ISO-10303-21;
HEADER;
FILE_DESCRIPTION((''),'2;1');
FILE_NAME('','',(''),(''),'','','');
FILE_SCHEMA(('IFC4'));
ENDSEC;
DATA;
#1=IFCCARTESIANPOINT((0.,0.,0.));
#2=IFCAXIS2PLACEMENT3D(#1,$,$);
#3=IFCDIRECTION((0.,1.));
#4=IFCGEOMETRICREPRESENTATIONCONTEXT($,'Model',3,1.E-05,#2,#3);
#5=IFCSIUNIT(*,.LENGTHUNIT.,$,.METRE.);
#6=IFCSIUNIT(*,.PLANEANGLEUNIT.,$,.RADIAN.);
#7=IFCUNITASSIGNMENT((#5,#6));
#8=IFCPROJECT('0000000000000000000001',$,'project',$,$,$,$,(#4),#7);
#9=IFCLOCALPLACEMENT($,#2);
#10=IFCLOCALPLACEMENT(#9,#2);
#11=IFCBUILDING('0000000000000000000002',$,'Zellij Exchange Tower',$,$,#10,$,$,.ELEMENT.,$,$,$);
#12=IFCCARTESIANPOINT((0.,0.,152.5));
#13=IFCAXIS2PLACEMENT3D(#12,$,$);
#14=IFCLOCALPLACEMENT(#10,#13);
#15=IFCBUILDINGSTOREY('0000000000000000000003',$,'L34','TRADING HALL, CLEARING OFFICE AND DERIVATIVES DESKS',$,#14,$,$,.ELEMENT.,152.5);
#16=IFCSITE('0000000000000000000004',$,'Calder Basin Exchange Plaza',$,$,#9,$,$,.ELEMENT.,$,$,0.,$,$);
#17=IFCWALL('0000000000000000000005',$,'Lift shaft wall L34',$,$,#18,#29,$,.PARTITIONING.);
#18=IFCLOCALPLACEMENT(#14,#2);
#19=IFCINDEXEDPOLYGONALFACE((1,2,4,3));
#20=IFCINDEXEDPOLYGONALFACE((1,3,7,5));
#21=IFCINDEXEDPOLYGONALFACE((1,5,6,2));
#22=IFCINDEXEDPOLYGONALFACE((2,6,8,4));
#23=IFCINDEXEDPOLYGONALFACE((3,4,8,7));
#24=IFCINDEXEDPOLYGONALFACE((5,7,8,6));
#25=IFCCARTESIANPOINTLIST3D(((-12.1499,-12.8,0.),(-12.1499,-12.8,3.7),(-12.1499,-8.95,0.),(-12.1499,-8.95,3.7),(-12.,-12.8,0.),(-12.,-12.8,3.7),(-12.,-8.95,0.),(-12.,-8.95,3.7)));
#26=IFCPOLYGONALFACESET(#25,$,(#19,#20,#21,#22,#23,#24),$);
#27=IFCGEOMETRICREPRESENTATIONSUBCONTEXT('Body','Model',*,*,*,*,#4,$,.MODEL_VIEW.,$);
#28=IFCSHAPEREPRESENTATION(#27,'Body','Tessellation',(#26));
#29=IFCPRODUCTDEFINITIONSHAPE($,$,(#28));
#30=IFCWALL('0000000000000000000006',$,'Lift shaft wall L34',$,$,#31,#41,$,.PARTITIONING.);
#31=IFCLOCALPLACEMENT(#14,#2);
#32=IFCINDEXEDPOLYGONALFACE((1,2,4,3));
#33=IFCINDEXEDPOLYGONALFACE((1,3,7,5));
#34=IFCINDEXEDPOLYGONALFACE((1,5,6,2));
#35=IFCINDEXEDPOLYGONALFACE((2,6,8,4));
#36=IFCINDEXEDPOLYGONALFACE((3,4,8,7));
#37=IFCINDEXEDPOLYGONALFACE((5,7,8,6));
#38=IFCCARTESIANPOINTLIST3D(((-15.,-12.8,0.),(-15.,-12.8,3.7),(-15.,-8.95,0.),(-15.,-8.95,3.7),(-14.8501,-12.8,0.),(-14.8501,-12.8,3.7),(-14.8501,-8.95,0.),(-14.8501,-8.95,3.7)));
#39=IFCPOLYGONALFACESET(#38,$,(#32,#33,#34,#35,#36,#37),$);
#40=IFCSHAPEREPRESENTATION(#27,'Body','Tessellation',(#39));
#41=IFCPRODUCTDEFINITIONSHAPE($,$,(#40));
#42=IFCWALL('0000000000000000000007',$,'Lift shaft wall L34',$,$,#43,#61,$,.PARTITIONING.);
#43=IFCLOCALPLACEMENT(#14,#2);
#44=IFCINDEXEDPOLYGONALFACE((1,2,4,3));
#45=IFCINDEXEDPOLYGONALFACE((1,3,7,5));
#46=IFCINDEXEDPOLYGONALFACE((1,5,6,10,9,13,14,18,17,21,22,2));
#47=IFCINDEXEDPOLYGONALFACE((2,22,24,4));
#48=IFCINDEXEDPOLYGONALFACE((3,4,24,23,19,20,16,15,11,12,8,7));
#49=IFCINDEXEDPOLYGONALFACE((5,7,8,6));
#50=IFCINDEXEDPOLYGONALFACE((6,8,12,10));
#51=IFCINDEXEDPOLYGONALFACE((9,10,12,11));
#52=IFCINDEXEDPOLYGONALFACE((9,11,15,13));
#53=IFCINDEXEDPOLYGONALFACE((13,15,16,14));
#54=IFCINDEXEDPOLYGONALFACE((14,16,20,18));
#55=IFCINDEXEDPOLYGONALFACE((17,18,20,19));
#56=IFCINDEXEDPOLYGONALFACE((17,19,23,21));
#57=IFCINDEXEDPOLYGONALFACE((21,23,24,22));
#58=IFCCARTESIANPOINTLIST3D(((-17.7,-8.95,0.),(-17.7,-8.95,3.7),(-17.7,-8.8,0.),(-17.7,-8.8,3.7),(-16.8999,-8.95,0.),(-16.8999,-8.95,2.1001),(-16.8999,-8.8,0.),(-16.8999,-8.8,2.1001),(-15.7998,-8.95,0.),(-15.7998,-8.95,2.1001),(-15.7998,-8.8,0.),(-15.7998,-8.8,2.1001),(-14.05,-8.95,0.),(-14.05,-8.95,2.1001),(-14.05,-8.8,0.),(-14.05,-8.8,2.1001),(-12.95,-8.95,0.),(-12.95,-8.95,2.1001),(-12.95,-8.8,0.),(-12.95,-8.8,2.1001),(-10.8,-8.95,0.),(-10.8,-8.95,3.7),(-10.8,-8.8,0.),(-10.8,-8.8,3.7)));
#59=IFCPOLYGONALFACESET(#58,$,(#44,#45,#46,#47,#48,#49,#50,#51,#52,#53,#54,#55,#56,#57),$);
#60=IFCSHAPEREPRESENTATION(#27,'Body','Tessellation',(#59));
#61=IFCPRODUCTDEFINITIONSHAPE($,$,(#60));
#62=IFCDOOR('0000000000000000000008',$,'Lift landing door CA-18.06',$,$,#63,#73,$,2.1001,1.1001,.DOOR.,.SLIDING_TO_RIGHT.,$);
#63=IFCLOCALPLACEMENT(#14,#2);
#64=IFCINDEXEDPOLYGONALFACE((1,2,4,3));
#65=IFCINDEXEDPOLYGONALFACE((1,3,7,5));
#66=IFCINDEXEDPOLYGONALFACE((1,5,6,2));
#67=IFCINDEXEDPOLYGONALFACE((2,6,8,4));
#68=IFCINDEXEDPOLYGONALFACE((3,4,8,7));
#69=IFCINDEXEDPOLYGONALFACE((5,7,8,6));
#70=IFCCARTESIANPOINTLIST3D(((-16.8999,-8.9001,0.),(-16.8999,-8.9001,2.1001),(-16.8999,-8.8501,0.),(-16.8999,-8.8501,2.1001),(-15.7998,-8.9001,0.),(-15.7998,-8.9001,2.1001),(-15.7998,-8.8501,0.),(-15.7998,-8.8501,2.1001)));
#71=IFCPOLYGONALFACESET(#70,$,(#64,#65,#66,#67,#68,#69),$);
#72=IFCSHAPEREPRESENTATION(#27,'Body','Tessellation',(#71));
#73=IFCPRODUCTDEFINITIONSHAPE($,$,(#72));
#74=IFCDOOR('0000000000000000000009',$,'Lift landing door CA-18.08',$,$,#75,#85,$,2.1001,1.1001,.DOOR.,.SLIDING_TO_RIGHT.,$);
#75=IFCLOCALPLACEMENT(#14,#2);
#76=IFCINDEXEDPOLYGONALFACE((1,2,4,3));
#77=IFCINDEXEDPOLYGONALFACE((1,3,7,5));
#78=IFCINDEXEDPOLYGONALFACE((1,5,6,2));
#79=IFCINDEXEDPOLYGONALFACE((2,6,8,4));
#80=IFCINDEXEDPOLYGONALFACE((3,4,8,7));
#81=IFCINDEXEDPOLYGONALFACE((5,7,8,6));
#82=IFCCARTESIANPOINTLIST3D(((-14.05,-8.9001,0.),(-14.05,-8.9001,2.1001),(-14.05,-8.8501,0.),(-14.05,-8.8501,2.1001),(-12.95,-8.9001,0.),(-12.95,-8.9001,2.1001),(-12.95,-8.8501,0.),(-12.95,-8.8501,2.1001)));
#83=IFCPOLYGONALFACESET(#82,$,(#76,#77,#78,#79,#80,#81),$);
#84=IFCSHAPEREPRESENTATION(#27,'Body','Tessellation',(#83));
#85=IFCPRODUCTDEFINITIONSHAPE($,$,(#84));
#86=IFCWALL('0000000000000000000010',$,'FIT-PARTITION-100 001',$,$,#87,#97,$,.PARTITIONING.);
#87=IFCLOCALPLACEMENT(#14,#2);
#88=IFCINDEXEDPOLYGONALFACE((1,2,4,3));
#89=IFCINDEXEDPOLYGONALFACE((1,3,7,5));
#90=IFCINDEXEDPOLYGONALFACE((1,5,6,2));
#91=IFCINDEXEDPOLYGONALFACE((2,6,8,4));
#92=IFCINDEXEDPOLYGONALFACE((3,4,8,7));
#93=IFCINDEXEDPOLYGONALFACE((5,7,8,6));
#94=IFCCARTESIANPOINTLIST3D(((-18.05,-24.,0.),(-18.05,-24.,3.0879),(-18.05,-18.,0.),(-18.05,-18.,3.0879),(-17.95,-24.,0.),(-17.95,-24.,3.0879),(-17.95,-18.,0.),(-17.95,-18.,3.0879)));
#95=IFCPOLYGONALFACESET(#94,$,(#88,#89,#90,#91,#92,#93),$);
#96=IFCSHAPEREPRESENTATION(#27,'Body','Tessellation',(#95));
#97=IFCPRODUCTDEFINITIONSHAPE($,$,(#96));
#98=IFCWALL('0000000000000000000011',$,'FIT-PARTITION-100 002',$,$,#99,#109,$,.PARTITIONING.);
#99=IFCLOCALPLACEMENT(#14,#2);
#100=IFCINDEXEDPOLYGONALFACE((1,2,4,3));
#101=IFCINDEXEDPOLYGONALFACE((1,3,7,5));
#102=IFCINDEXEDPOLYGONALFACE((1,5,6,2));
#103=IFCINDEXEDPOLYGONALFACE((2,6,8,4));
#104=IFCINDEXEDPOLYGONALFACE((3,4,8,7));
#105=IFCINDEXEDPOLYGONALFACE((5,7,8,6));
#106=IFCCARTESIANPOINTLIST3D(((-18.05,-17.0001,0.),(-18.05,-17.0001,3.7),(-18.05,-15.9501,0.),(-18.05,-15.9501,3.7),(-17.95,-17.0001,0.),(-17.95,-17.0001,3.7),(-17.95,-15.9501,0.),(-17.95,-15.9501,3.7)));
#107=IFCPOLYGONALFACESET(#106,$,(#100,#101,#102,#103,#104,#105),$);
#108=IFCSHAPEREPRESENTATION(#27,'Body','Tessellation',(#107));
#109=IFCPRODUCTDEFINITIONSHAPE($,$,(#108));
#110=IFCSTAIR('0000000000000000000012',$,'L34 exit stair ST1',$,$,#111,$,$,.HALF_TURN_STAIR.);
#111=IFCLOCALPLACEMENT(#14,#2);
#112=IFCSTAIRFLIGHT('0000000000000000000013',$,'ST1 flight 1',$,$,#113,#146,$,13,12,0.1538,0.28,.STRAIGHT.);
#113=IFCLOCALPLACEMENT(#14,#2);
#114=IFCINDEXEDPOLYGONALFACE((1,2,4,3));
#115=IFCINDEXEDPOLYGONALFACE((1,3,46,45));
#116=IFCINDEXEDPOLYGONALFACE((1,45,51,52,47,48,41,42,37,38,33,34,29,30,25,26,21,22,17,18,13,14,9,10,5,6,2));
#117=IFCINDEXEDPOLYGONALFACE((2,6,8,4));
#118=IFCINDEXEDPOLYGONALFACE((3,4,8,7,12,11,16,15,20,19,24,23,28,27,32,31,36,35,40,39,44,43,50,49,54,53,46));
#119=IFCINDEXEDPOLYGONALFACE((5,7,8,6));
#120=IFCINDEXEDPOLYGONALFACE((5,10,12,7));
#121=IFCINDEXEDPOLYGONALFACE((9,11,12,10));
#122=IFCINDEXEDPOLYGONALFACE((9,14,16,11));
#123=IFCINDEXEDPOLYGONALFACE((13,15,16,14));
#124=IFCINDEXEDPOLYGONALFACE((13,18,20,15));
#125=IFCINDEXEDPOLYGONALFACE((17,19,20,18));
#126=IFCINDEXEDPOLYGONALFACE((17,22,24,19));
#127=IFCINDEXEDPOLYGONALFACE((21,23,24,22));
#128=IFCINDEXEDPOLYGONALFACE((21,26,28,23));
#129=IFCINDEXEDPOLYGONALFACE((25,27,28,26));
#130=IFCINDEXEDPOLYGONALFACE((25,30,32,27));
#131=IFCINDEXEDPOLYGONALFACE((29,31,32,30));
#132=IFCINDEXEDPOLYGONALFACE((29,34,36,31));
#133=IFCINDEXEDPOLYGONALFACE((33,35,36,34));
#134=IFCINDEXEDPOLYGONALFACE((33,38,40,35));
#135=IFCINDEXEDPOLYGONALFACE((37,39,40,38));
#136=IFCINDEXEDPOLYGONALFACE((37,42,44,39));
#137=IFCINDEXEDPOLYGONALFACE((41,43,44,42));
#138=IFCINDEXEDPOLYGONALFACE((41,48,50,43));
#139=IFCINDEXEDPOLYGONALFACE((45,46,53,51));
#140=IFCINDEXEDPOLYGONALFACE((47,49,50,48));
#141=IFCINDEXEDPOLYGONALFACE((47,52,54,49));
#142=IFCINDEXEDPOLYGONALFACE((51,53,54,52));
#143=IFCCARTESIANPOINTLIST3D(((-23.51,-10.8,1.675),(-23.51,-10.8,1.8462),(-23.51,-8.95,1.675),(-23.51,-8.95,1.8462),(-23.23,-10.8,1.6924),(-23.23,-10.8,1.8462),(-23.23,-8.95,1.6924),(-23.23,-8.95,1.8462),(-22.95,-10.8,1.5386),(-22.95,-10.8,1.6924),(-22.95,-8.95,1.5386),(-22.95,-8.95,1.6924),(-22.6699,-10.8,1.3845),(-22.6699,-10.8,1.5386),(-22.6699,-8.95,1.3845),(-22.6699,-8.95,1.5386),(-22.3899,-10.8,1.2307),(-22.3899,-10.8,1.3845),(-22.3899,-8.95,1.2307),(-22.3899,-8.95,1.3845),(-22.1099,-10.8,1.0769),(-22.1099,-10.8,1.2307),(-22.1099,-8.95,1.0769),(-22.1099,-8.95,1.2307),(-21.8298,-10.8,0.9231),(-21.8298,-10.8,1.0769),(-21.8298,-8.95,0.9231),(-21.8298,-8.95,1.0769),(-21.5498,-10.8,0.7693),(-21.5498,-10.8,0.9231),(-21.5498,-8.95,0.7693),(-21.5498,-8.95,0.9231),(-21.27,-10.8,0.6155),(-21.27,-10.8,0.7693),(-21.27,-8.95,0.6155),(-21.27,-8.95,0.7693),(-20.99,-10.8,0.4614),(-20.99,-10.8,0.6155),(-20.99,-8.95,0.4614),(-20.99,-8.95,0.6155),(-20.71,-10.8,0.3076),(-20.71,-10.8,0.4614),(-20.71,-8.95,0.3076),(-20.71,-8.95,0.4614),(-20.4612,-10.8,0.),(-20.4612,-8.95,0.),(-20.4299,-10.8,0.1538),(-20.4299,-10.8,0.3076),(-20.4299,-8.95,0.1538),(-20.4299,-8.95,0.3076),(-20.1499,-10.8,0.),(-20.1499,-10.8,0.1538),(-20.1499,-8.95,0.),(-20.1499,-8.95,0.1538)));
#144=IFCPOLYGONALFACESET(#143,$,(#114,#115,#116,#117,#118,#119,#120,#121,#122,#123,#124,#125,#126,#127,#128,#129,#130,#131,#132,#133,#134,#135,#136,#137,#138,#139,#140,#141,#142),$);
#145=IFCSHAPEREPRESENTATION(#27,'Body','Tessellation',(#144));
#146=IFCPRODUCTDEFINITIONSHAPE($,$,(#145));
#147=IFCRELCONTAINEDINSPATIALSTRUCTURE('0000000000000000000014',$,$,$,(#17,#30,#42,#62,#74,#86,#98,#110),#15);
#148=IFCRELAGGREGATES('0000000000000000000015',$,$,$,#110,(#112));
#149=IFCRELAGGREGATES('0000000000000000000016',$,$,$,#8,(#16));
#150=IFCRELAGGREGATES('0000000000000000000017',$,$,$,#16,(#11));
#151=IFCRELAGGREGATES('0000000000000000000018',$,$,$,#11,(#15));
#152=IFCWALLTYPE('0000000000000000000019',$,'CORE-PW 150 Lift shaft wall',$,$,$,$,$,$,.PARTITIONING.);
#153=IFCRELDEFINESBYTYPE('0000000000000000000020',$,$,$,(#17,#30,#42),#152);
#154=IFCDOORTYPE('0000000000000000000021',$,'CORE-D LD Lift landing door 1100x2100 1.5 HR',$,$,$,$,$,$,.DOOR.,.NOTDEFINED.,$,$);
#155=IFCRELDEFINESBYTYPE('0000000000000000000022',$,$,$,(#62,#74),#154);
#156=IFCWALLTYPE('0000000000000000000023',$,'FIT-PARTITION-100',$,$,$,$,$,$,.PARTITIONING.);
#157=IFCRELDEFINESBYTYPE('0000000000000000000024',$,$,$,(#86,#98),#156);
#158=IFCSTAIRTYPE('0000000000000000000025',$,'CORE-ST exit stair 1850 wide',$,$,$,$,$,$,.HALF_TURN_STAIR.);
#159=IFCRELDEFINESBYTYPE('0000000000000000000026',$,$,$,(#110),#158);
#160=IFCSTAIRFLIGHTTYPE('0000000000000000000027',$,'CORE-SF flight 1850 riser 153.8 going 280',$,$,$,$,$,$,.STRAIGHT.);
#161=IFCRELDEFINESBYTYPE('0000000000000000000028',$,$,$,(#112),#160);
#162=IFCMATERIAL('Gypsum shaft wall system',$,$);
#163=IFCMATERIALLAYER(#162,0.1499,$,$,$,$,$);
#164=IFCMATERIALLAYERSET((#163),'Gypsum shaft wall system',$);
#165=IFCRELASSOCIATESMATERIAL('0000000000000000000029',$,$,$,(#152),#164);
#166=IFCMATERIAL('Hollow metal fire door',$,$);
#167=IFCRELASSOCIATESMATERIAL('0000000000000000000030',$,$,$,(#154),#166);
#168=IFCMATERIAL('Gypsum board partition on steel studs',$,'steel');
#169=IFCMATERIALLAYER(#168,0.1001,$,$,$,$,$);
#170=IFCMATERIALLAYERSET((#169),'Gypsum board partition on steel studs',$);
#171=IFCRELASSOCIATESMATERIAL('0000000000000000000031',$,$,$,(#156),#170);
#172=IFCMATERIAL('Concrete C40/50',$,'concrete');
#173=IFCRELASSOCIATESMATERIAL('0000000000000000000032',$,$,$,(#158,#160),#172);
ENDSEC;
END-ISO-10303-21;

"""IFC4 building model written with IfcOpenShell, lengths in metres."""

from ifc_helpers import new_model, si_unit, direction, frame, frame_2d, origin, place, context, subcontext, project, spatial, polyline, rectangle, outline, extrude, material, layer, layer_set, type_object, element, fill, aggregate, save


model = new_model("IFC4")

# Units and contexts
model_context = context("Model", 3, precision=1e-05, world=origin(), true_north=direction((0.0, 1.0)))
body_context = subcontext(model_context, "Body", "Model", "MODEL_VIEW")
ifc_project = project(units=[si_unit("LENGTHUNIT", "METRE"), si_unit("PLANEANGLEUNIT", "RADIAN")], contexts=[model_context])

# Site, building, storey
site_placement = place(None, origin())
site = spatial("IfcSite", under=ifc_project, at=site_placement, Name="Calder Basin Exchange Plaza", CompositionType="ELEMENT", RefElevation=0.0)
building_placement = place(site_placement, origin())
building = spatial("IfcBuilding", under=site, at=building_placement, Name="Zellij Exchange Tower", CompositionType="ELEMENT")
storey_placement = place(building_placement, frame((0.0, 0.0, 152.5)))
storey = spatial("IfcBuildingStorey", under=building, at=storey_placement, Name="L34", Description="TRADING HALL, CLEARING OFFICE AND DERIVATIVES DESKS", CompositionType="ELEMENT", Elevation=152.5)

# Shared definitions
ifc_material_1 = material(Name="Hollow metal fire door")

# Walls
ifc_material_2 = material(Name="Gypsum shaft wall system")
ifc_layer_1 = layer(ifc_material_2, 0.1499)
ifc_layer_set_1 = layer_set([ifc_layer_1], Name="Gypsum shaft wall system")
wall_type_1 = type_object("IfcWallType", Name="CORE-PW 150 Lift shaft wall", PredefinedType="PARTITIONING", material=ifc_layer_set_1)
for number, where, z_axis, x_axis, name in (
    (1, (-12.075, -12.8, 0.0), (0.0, 0.0, 1.0), (0.0, 1.0, 0.0), "Lift shaft wall L34"),
    (2, (-14.925, -12.8, 0.0), (0.0, 0.0, 1.0), (0.0, 1.0, 0.0), "Lift shaft wall L34"),
):
    element("IfcWall", number, at=place(storey_placement, frame(where, z_axis=z_axis, x_axis=x_axis)), inside=storey, type_object=wall_type_1, Name=name, PredefinedType="PARTITIONING", context=body_context, shape_type="SweptSolid", body=[
        extrude(rectangle(XDim=3.8501, YDim=0.1499, at=frame_2d((1.925, 0.0))), origin(), (0.0, 0.0, 1.0), 3.7),
    ])

# Wall, openings, doors
wall_1_placement = place(storey_placement, frame((-17.7, -8.875, 0.0), z_axis=(0.0, 0.0, 1.0), x_axis=(1.0, 0.0, 0.0)))
wall_1 = element("IfcWall", 3, at=wall_1_placement, inside=storey, type_object=wall_type_1, Name="Lift shaft wall L34", PredefinedType="PARTITIONING", context=body_context, shape_type="SweptSolid", body=[
    extrude(rectangle(XDim=6.8999, YDim=0.1499, at=frame_2d((3.45, 0.0))), origin(), (0.0, 0.0, 1.0), 3.7),
])
opening_1_placement = place(wall_1_placement, frame((0.8, 0.0, 0.0)))
opening_1 = element("IfcOpeningElement", 4, at=opening_1_placement, cuts=wall_1, PredefinedType="OPENING", context=body_context, shape_type="SweptSolid", body=[
    extrude(rectangle(XDim=1.1001, YDim=2.1001, at=frame_2d((0.55, 1.05))), frame((0.0, 0.0869, 0.0), z_axis=(0.0, -1.0, 0.0), x_axis=(1.0, 0.0, 0.0)), (0.0, 0.0, 1.0), 0.1738),
])
opening_2_placement = place(wall_1_placement, frame((3.6499, 0.0, 0.0)))
opening_2 = element("IfcOpeningElement", 5, at=opening_2_placement, cuts=wall_1, PredefinedType="OPENING", context=body_context, shape_type="SweptSolid", body=[
    extrude(rectangle(XDim=1.1001, YDim=2.1001, at=frame_2d((0.55, 1.05))), frame((0.0, 0.0869, 0.0), z_axis=(0.0, -1.0, 0.0), x_axis=(1.0, 0.0, 0.0)), (0.0, 0.0, 1.0), 0.1738),
])
door_type_1 = type_object("IfcDoorType", Name="CORE-D LD Lift landing door 1100x2100 1.5 HR", OperationType="NOTDEFINED", PredefinedType="DOOR", material=ifc_material_1)
door_1_placement = place(opening_1_placement, origin())
door_1 = element("IfcDoor", 6, at=door_1_placement, inside=storey, type_object=door_type_1, Name="Lift landing door CA-18.06", OperationType="SLIDING_TO_RIGHT", OverallHeight=2.1001, OverallWidth=1.1001, PredefinedType="DOOR", context=body_context, shape_type="SweptSolid", body=[
    extrude(rectangle(XDim=1.1001, YDim=2.1001, at=frame_2d((0.55, 1.05))), frame((0.0, 0.0249, 0.0), z_axis=(0.0, -1.0, 0.0), x_axis=(1.0, 0.0, 0.0)), (0.0, 0.0, 1.0), 0.05),
])
fill(opening_1, door_1)
door_2_placement = place(opening_2_placement, origin())
door_2 = element("IfcDoor", 7, at=door_2_placement, inside=storey, type_object=door_type_1, Name="Lift landing door CA-18.08", OperationType="SLIDING_TO_RIGHT", OverallHeight=2.1001, OverallWidth=1.1001, PredefinedType="DOOR", context=body_context, shape_type="SweptSolid", body=[
    extrude(rectangle(XDim=1.1001, YDim=2.1001, at=frame_2d((0.55, 1.05))), frame((0.0, 0.0249, 0.0), z_axis=(0.0, -1.0, 0.0), x_axis=(1.0, 0.0, 0.0)), (0.0, 0.0, 1.0), 0.05),
])
fill(opening_2, door_2)

# Walls
ifc_material_3 = material(Name="Gypsum board partition on steel studs", Category="steel")
ifc_layer_2 = layer(ifc_material_3, 0.1001)
ifc_layer_set_2 = layer_set([ifc_layer_2], Name="Gypsum board partition on steel studs")
wall_type_2 = type_object("IfcWallType", Name="FIT-PARTITION-100", PredefinedType="PARTITIONING", material=ifc_layer_set_2)
wall_2_placement = place(storey_placement, frame((-18.0, -24.0, 0.0), z_axis=(0.0, 0.0, 1.0), x_axis=(0.0, 1.0, 0.0)))
element("IfcWall", 8, at=wall_2_placement, inside=storey, type_object=wall_type_2, Name="FIT-PARTITION-100 001", PredefinedType="PARTITIONING", context=body_context, shape_type="SweptSolid", body=[
    extrude(rectangle(XDim=6.0, YDim=0.1001, at=frame_2d((3.0, 0.0))), origin(), (0.0, 0.0, 1.0), 3.0879),
])
wall_3_placement = place(storey_placement, frame((-18.0, -17.0, 0.0), z_axis=(0.0, 0.0, 1.0), x_axis=(0.0, 1.0, 0.0)))
element("IfcWall", 9, at=wall_3_placement, inside=storey, type_object=wall_type_2, Name="FIT-PARTITION-100 002", PredefinedType="PARTITIONING", context=body_context, shape_type="SweptSolid", body=[
    extrude(rectangle(XDim=1.05, YDim=0.1001, at=frame_2d((0.5249, 0.0))), origin(), (0.0, 0.0, 1.0), 3.7),
])

# Stair, stair flight
ifc_material_4 = material(Name="Concrete C40/50", Category="concrete")
stair_type = type_object("IfcStairType", Name="CORE-ST exit stair 1850 wide", PredefinedType="HALF_TURN_STAIR", material=ifc_material_4)
stair_placement = place(storey_placement, origin())
stair = element("IfcStair", 10, at=stair_placement, inside=storey, type_object=stair_type, Name="L34 exit stair ST1", PredefinedType="HALF_TURN_STAIR")
stair_flight_type = type_object("IfcStairFlightType", Name="CORE-SF flight 1850 riser 153.8 going 280", PredefinedType="STRAIGHT", material=ifc_material_4)
stair_flight_placement = place(storey_placement, frame((-20.1499, -9.875, 0.0), z_axis=(0.0, 0.0, 1.0), x_axis=(-1.0, 0.0, 0.0)))
stair_flight = element("IfcStairFlight", 11, at=stair_flight_placement, type_object=stair_flight_type, Name="ST1 flight 1", NumberOfRisers=13, NumberOfTreads=12, PredefinedType="STRAIGHT", RiserHeight=0.1538, TreadLength=0.28, context=body_context, shape_type="SweptSolid", body=[
    extrude(outline(polyline([(0.0, 0.0), (0.0, 0.1538), (0.28, 0.1538), (0.28, 0.3076), (0.5601, 0.3076), (0.5601, 0.4614), (0.8401, 0.4614), (0.8401, 0.6155), (1.1201, 0.6155), (1.1201, 0.7693), (1.3999, 0.7693), (1.3999, 0.9231), (1.6799, 0.9231), (1.6799, 1.0769), (1.96, 1.0769), (1.96, 1.2307), (2.24, 1.2307), (2.24, 1.3845), (2.52, 1.3845), (2.52, 1.5386), (2.8, 1.5386), (2.8, 1.6924), (3.0801, 1.6924), (3.0801, 1.8462), (3.3601, 1.8462), (3.3601, 2.0), (3.3601, 1.675), (0.3113, 0.0), (0.0, 0.0)])), frame((0.0, 0.925, 0.0), z_axis=(0.0, -1.0, 0.0), x_axis=(1.0, 0.0, 0.0)), (0.0, 0.0, 1.0), 1.8501),
])
aggregate(stair, [stair_flight])

save(model, "model.ifc")
